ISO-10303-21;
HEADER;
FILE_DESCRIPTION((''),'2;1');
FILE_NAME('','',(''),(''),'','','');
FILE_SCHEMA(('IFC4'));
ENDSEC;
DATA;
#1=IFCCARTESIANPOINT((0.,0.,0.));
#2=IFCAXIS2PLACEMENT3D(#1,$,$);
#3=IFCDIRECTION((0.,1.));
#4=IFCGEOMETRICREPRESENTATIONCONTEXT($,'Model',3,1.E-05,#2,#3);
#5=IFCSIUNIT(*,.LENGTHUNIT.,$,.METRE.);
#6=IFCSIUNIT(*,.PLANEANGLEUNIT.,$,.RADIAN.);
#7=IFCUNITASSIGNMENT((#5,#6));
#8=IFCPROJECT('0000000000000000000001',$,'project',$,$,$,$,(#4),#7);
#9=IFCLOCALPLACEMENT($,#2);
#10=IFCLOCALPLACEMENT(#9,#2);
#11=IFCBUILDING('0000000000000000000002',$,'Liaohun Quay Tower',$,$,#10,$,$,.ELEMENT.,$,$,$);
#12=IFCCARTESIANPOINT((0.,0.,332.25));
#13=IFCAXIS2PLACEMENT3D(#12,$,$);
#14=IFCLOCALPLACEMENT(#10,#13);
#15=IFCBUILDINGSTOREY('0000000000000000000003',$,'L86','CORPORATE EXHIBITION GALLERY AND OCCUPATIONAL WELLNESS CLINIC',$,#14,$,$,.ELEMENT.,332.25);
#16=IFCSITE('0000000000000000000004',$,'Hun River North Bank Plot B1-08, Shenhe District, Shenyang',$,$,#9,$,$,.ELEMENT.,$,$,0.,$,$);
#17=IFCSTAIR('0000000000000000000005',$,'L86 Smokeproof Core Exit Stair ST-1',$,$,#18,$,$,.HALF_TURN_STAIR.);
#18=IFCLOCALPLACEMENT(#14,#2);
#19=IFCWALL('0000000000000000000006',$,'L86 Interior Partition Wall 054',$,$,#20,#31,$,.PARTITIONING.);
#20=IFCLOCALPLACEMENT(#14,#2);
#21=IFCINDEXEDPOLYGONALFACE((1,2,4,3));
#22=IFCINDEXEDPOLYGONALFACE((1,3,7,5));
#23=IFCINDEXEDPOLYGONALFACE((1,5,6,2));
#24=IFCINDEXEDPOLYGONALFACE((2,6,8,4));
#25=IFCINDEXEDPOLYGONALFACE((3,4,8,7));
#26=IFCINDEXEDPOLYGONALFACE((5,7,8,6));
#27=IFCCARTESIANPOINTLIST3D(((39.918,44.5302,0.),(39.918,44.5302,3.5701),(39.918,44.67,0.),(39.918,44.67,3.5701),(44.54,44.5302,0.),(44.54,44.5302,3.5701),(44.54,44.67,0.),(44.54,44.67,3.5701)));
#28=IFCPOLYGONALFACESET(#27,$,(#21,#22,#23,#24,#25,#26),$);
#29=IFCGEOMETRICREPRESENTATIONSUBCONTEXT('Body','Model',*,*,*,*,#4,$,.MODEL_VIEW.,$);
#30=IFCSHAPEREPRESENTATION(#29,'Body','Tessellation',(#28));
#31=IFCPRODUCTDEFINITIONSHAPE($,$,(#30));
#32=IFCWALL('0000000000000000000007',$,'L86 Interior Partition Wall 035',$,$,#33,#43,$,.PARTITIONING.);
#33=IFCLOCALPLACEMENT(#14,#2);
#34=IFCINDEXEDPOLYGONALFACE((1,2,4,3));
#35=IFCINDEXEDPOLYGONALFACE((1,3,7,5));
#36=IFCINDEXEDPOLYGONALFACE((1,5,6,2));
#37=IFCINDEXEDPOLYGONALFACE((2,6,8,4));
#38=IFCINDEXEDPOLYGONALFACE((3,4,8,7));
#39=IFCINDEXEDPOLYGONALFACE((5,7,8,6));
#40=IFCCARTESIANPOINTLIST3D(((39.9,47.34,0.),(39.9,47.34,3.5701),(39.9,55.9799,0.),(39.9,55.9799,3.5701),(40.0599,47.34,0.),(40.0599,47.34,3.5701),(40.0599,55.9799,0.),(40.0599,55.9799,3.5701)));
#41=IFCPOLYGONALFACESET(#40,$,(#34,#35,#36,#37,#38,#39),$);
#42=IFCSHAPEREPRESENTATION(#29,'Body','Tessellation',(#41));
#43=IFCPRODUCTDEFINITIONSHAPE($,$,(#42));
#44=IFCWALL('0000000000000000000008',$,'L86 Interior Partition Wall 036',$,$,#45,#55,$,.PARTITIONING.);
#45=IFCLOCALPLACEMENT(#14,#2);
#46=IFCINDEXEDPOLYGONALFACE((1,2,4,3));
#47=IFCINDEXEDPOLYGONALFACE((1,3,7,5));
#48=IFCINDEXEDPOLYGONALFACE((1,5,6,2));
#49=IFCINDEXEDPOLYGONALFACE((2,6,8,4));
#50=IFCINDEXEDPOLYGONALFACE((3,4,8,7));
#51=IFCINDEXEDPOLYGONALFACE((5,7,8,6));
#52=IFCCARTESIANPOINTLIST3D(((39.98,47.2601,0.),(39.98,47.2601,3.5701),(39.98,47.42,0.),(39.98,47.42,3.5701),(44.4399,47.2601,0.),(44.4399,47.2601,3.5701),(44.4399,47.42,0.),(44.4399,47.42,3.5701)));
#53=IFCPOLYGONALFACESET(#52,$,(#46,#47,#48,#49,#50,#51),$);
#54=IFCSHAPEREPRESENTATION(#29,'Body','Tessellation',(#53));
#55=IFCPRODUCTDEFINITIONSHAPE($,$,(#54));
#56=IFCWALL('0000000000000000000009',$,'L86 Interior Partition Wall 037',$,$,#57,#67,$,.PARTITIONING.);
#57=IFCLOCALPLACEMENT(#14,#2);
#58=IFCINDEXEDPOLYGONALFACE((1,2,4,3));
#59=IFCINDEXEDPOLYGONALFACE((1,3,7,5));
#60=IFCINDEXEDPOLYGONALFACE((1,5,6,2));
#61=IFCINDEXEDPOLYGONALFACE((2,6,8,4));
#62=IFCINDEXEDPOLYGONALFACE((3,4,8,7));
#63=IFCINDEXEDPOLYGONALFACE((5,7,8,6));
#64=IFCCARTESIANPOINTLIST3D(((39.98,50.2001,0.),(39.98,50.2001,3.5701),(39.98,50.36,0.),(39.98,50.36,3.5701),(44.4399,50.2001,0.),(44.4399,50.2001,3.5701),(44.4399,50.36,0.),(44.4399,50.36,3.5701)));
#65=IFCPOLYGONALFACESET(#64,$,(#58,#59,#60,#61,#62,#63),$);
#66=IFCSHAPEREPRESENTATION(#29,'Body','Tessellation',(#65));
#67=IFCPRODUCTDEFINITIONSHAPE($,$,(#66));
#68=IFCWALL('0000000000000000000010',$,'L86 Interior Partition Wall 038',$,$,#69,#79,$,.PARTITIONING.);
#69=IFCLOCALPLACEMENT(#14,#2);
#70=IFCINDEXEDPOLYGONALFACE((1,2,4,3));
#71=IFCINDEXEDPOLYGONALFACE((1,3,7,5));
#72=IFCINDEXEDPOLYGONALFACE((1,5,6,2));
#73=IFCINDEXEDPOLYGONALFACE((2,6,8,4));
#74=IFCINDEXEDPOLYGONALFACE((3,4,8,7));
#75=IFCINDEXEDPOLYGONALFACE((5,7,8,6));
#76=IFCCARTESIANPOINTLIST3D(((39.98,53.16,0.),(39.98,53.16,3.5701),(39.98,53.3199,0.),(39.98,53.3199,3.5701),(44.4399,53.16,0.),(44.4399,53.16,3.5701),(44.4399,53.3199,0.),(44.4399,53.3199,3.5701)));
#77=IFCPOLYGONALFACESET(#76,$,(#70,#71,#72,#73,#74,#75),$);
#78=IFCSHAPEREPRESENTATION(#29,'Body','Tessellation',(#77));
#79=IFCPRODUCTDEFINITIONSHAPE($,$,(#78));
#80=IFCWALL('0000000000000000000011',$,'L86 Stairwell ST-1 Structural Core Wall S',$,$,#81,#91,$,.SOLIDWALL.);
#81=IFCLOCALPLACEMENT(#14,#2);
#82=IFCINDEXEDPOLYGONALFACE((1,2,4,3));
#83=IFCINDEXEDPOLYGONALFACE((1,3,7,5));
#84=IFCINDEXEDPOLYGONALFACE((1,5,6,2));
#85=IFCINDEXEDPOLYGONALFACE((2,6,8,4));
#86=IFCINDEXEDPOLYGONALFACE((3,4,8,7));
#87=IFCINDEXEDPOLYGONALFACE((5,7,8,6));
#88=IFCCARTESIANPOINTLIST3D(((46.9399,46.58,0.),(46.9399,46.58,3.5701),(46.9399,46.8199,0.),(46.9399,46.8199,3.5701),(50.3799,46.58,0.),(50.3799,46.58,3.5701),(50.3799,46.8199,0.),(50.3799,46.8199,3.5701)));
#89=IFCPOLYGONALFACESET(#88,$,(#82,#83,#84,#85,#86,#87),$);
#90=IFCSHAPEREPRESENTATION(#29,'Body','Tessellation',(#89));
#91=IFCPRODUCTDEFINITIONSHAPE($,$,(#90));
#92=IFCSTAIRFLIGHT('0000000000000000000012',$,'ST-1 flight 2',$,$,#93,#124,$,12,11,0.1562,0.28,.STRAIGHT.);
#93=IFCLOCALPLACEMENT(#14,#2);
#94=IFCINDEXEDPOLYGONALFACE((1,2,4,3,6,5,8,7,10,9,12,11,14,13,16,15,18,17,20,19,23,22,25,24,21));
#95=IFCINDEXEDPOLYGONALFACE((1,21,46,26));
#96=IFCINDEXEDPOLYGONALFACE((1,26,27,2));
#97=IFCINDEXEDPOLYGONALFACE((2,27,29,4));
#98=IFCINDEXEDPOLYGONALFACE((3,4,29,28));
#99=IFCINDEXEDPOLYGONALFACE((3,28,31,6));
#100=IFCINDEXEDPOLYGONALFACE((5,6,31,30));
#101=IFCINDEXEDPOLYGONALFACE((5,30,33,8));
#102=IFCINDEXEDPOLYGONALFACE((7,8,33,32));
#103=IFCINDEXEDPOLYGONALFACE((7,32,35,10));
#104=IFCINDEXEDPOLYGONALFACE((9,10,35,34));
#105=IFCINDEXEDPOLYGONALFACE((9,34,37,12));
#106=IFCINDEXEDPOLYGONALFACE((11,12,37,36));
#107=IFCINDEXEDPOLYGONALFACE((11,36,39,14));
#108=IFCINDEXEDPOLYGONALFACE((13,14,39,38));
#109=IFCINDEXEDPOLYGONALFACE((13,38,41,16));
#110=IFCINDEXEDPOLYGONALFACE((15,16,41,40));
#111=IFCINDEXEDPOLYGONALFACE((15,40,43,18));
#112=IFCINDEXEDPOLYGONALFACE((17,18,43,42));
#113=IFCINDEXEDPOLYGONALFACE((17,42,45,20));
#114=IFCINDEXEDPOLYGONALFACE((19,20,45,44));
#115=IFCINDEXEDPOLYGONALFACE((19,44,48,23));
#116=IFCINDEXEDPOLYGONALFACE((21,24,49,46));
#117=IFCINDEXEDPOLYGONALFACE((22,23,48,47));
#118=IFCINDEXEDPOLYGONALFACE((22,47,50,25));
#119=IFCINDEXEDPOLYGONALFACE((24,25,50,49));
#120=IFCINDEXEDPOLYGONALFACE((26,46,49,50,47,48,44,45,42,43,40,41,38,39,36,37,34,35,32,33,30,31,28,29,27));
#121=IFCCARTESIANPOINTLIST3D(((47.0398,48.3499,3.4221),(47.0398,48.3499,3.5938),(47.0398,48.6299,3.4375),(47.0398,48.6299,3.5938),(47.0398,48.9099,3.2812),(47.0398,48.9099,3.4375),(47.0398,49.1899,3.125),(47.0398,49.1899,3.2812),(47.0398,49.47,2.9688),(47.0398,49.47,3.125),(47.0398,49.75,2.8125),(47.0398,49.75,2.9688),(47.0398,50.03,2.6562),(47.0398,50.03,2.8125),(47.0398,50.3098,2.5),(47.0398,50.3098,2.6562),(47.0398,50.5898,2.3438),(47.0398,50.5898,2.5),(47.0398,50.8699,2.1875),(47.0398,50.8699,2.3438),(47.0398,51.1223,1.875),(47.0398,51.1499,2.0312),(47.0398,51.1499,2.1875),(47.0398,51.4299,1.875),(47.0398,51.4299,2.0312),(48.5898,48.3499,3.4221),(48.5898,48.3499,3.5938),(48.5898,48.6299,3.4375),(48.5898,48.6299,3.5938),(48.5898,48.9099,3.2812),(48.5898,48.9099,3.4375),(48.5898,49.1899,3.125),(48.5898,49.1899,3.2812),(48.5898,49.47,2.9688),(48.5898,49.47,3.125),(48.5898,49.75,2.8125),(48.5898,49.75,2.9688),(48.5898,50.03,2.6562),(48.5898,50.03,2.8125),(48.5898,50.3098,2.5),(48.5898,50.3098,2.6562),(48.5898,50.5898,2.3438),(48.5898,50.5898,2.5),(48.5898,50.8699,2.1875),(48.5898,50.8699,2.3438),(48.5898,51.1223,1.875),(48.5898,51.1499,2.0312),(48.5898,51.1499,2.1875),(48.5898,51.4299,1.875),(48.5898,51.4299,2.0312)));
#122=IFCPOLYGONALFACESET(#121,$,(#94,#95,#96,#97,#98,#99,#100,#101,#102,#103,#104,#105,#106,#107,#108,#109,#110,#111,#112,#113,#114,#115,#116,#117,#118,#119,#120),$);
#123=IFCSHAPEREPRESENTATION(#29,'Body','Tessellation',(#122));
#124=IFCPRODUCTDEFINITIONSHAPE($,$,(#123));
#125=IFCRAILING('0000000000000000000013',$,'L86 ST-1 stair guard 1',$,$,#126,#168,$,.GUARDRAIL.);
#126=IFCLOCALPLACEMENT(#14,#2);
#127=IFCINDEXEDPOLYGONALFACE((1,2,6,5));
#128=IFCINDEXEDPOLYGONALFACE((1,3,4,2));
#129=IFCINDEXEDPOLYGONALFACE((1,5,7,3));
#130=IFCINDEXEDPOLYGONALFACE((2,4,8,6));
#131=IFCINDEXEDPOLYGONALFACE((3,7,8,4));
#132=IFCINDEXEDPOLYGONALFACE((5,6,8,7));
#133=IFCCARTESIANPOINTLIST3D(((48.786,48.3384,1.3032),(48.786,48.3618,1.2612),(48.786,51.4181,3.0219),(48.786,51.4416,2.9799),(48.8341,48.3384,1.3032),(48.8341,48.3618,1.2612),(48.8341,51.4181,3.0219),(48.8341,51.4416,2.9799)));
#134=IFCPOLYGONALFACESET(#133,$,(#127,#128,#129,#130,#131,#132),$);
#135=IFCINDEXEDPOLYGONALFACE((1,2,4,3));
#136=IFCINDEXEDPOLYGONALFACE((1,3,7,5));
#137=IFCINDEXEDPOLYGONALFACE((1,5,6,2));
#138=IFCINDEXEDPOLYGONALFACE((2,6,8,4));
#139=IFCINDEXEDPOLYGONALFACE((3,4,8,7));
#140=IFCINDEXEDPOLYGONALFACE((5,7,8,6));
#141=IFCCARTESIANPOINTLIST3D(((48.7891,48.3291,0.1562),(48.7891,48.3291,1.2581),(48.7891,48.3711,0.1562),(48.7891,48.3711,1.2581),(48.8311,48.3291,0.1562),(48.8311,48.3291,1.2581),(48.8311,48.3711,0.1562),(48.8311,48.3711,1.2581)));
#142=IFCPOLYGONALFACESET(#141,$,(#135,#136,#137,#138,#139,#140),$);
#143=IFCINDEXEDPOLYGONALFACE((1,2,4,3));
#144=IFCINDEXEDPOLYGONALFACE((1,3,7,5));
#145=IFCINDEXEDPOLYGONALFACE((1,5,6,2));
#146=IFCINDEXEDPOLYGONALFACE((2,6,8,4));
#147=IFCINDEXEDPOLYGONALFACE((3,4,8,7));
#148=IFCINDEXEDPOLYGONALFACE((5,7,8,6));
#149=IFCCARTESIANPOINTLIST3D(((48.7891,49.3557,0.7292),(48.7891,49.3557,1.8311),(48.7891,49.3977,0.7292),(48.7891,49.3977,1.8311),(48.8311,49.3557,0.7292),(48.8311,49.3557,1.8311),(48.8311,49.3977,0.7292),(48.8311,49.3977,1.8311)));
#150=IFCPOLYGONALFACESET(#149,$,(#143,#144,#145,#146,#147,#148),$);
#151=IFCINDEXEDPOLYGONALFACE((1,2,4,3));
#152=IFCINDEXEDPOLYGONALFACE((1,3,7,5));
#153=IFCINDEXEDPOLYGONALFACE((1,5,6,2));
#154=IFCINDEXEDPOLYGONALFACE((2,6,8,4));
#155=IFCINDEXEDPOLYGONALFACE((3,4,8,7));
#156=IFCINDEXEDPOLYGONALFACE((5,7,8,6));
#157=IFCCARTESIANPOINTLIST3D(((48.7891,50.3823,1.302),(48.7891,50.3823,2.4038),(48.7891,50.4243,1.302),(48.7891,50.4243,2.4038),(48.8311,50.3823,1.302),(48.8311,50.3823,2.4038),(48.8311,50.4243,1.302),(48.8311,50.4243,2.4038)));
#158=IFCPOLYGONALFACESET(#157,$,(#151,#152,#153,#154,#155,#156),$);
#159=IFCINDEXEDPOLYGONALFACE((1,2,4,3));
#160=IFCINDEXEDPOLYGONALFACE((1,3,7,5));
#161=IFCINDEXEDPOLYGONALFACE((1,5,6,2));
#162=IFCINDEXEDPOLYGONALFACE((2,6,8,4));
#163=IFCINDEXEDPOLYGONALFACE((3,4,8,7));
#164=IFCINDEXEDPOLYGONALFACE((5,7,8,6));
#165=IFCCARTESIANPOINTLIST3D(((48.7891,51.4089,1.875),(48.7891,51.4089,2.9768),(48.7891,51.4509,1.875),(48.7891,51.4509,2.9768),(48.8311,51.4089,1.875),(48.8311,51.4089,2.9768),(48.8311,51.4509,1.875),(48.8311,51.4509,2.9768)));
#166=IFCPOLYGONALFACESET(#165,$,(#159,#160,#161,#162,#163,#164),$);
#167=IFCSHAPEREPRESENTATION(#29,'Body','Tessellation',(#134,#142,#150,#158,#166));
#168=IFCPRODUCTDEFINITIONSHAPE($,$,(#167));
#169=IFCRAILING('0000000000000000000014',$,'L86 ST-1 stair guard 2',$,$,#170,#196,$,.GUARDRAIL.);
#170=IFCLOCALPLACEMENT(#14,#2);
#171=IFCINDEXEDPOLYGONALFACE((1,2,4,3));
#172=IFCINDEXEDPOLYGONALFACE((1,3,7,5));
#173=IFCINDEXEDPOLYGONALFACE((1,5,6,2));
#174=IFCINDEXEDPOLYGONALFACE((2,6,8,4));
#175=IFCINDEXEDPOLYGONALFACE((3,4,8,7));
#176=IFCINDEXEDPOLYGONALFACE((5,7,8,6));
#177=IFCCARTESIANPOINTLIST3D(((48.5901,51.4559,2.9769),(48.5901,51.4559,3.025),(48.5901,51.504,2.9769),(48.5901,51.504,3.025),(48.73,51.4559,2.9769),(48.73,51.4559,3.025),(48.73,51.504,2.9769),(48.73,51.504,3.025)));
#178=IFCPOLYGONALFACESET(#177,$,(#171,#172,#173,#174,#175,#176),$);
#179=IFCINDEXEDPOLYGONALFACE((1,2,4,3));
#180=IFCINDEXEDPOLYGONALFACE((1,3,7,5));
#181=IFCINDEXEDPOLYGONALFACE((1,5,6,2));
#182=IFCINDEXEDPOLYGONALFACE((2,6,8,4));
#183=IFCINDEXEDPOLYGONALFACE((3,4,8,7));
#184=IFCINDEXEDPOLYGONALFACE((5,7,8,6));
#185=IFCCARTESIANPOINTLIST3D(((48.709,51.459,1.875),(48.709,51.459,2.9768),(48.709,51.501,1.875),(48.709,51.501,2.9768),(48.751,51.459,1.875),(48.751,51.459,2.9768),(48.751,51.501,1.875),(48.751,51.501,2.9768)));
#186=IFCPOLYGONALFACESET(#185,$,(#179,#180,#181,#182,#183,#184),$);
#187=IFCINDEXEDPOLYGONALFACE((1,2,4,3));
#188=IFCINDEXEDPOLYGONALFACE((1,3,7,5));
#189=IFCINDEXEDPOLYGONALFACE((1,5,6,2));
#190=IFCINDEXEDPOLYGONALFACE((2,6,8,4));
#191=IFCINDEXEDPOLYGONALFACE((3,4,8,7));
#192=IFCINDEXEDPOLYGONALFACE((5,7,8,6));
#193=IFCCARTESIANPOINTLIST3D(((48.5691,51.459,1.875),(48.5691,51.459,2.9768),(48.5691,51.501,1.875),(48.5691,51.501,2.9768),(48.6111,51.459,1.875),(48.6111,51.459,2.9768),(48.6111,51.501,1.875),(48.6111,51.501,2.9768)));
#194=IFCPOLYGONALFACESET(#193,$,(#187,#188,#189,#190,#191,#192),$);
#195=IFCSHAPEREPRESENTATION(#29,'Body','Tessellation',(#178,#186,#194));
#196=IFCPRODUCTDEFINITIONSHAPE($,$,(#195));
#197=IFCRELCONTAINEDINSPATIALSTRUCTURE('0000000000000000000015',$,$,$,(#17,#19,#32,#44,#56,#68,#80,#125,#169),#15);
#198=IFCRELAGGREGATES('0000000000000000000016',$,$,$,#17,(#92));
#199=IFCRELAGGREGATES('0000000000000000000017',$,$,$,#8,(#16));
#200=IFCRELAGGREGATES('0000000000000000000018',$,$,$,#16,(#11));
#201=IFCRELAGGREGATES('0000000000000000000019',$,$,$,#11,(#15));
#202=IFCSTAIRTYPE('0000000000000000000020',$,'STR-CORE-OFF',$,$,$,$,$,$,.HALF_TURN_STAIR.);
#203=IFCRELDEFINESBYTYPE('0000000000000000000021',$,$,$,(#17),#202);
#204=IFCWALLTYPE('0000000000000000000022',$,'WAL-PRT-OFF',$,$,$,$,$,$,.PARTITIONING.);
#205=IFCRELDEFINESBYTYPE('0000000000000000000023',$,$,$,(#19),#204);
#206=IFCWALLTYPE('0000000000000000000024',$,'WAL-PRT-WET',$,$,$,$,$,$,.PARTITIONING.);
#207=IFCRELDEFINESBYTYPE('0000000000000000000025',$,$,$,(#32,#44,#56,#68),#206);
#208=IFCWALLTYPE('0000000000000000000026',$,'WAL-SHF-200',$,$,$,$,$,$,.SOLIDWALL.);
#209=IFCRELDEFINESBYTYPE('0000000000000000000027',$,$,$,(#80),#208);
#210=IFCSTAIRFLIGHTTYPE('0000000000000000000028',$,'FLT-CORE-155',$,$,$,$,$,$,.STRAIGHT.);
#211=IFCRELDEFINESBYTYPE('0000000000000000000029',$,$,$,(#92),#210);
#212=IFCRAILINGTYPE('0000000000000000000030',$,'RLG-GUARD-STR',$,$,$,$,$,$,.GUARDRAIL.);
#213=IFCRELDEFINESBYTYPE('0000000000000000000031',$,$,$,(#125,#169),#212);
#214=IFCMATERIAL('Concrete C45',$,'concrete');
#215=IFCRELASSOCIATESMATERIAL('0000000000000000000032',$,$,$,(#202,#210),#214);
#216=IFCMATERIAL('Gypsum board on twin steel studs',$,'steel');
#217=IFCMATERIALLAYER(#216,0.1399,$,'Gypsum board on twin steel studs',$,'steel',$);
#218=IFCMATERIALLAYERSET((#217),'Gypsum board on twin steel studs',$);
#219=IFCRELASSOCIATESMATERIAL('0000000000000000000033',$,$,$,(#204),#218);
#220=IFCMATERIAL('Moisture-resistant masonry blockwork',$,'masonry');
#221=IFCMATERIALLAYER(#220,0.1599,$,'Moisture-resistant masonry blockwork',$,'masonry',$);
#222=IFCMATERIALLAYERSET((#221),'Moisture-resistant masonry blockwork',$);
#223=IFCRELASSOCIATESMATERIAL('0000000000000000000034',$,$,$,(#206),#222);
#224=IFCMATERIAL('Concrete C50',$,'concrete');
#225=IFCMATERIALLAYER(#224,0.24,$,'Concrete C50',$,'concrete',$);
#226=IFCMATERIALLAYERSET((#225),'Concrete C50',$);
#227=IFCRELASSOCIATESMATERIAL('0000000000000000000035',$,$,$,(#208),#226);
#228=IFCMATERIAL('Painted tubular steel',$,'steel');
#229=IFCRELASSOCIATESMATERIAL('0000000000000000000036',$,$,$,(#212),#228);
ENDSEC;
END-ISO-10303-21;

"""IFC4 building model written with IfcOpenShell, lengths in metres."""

from ifc_helpers import new_model, si_unit, direction, frame, frame_2d, origin, origin_2d, place, context, subcontext, project, spatial, polyline, rectangle, outline, extrude, material, layer, layer_set, type_object, element, aggregate, save


model = new_model("IFC4")

# Units and contexts
model_context = context("Model", 3, precision=1e-05, world=origin(), true_north=direction((0.0, 1.0)))
body_context = subcontext(model_context, "Body", "Model", "MODEL_VIEW")
ifc_project = project(units=[si_unit("LENGTHUNIT", "METRE"), si_unit("PLANEANGLEUNIT", "RADIAN")], contexts=[model_context])

# Site, building, storey
site_placement = place(None, origin())
site = spatial("IfcSite", under=ifc_project, at=site_placement, Name="Hun River North Bank Plot B1-08, Shenhe District, Shenyang", CompositionType="ELEMENT", RefElevation=0.0)
building_placement = place(site_placement, origin())
building = spatial("IfcBuilding", under=site, at=building_placement, Name="Liaohun Quay Tower", CompositionType="ELEMENT")
storey_placement = place(building_placement, frame((0.0, 0.0, 332.25)))
storey = spatial("IfcBuildingStorey", under=building, at=storey_placement, Name="L86", Description="CORPORATE EXHIBITION GALLERY AND OCCUPATIONAL WELLNESS CLINIC", CompositionType="ELEMENT", Elevation=332.25)

# Shared definitions
ifc_material_1 = material(Name="Concrete C50", Category="concrete")

# Stair
ifc_material_2 = material(Name="Concrete C45", Category="concrete")
stair_type = type_object("IfcStairType", Name="STR-CORE-OFF", PredefinedType="HALF_TURN_STAIR", material=ifc_material_2)
stair_1_placement = place(storey_placement, origin())
stair_1 = element("IfcStair", 1, at=stair_1_placement, inside=storey, type_object=stair_type, Name="L86 Smokeproof Core Exit Stair ST-1", PredefinedType="HALF_TURN_STAIR")

# Wall
ifc_material_3 = material(Name="Gypsum board on twin steel studs", Category="steel")
ifc_layer_1 = layer(ifc_material_3, 0.1399, Name="Gypsum board on twin steel studs", Category="steel")
ifc_layer_set_1 = layer_set([ifc_layer_1], Name="Gypsum board on twin steel studs")
wall_type_1 = type_object("IfcWallType", Name="WAL-PRT-OFF", PredefinedType="PARTITIONING", material=ifc_layer_set_1)
wall_1_placement = place(storey_placement, frame((44.54, 44.6001, 0.0), z_axis=(0.0, 0.0, 1.0), x_axis=(-1.0, 0.0, 0.0)))
element("IfcWall", 2, at=wall_1_placement, inside=storey, type_object=wall_type_1, Name="L86 Interior Partition Wall 054", PredefinedType="PARTITIONING", context=body_context, shape_type="SweptSolid", body=[
    extrude(rectangle(XDim=4.6221, YDim=0.1399, at=frame_2d((2.311, 0.0))), origin(), (0.0, 0.0, 1.0), 3.5701),
])

# Shared definitions
ifc_material_4 = material(Name="Moisture-resistant masonry blockwork", Category="masonry")
ifc_layer_2 = layer(ifc_material_4, 0.1599, Name="Moisture-resistant masonry blockwork", Category="masonry")
ifc_layer_set_2 = layer_set([ifc_layer_2], Name="Moisture-resistant masonry blockwork")
wall_type_2 = type_object("IfcWallType", Name="WAL-PRT-WET", PredefinedType="PARTITIONING", material=ifc_layer_set_2)

# Walls
wall_2_placement = place(storey_placement, frame((39.98, 47.3401, 0.0), z_axis=(0.0, 0.0, 1.0), x_axis=(0.0, 1.0, 0.0)))
element("IfcWall", 3, at=wall_2_placement, inside=storey, type_object=wall_type_2, Name="L86 Interior Partition Wall 035", PredefinedType="PARTITIONING", context=body_context, shape_type="SweptSolid", body=[
    extrude(rectangle(XDim=8.6399, YDim=0.1599, at=frame_2d((4.3198, 0.0))), origin(), (0.0, 0.0, 1.0), 3.5701),
])
for number, where, z_axis, x_axis, name in (
    (4, (39.98, 47.3401, 0.0), (0.0, 0.0, 1.0), (1.0, 0.0, 0.0), "L86 Interior Partition Wall 036"),
    (5, (39.98, 50.28, 0.0), (0.0, 0.0, 1.0), (1.0, 0.0, 0.0), "L86 Interior Partition Wall 037"),
    (6, (39.98, 53.24, 0.0), (0.0, 0.0, 1.0), (1.0, 0.0, 0.0), "L86 Interior Partition Wall 038"),
):
    element("IfcWall", number, at=place(storey_placement, frame(where, z_axis=z_axis, x_axis=x_axis)), inside=storey, type_object=wall_type_2, Name=name, PredefinedType="PARTITIONING", context=body_context, shape_type="SweptSolid", body=[
        extrude(rectangle(XDim=4.46, YDim=0.1599, at=frame_2d((2.23, 0.0))), origin(), (0.0, 0.0, 1.0), 3.5701),
    ])
ifc_layer_3 = layer(ifc_material_1, 0.24, Name="Concrete C50", Category="concrete")
ifc_layer_set_3 = layer_set([ifc_layer_3], Name="Concrete C50")
wall_type_3 = type_object("IfcWallType", Name="WAL-SHF-200", PredefinedType="SOLIDWALL", material=ifc_layer_set_3)
wall_3_placement = place(storey_placement, frame((46.9399, 46.7, 0.0), z_axis=(0.0, 0.0, 1.0), x_axis=(1.0, 0.0, 0.0)))
element("IfcWall", 7, at=wall_3_placement, inside=storey, type_object=wall_type_3, Name="L86 Stairwell ST-1 Structural Core Wall S", PredefinedType="SOLIDWALL", context=body_context, shape_type="SweptSolid", body=[
    extrude(rectangle(XDim=3.4399, YDim=0.24, at=frame_2d((1.72, 0.0))), origin(), (0.0, 0.0, 1.0), 3.5701),
])

# Stair flight
stair_flight_type = type_object("IfcStairFlightType", Name="FLT-CORE-155", PredefinedType="STRAIGHT", material=ifc_material_2)
stair_flight_placement = place(storey_placement, frame((47.8149, 51.4299, 1.875), z_axis=(0.0, 0.0, 1.0), x_axis=(0.0, -1.0, 0.0)))
stair_flight = element("IfcStairFlight", 8, at=stair_flight_placement, type_object=stair_flight_type, Name="ST-1 flight 2", NumberOfRisers=12, NumberOfTreads=11, PredefinedType="STRAIGHT", RiserHeight=0.1562, TreadLength=0.28, context=body_context, shape_type="SweptSolid", body=[
    extrude(outline(polyline([(0.0, 0.0), (0.0, 0.1562), (0.28, 0.1562), (0.28, 0.3125), (0.5601, 0.3125), (0.5601, 0.4688), (0.8401, 0.4688), (0.8401, 0.625), (1.1201, 0.625), (1.1201, 0.7812), (1.3999, 0.7812), (1.3999, 0.9375), (1.6799, 0.9375), (1.6799, 1.0938), (1.96, 1.0938), (1.96, 1.25), (2.24, 1.25), (2.24, 1.4062), (2.52, 1.4062), (2.52, 1.5625), (2.8, 1.5625), (2.8, 1.7188), (3.0801, 1.7188), (3.0801, 1.875), (3.0801, 1.5471), (0.3076, 0.0), (0.0, 0.0)])), frame((0.0, 0.7749, 0.0), z_axis=(0.0, -1.0, 0.0), x_axis=(1.0, 0.0, 0.0)), (0.0, 0.0, 1.0), 1.55),
])
aggregate(stair_1, [stair_flight])

# Railings
ifc_material_5 = material(Name="Painted tubular steel", Category="steel")
railing_type_1 = type_object("IfcRailingType", Name="RLG-GUARD-STR", PredefinedType="GUARDRAIL", material=ifc_material_5)
railing_1_placement = place(storey_placement, frame((48.8101, 48.3501, 0.1562)))
element("IfcRailing", 9, at=railing_1_placement, inside=storey, type_object=railing_type_1, Name="L86 ST-1 stair guard 1", PredefinedType="GUARDRAIL", context=body_context, shape_type="SweptSolid", body=[
    extrude(rectangle(XDim=0.0481, YDim=0.0481, at=origin_2d()), frame((0.0, 0.0, 1.126), z_axis=(0.0, 0.873225, 0.487317), x_axis=(-1.0, 0.0, 0.0)), (0.0, 0.0, 1.0), 3.5269),
    extrude(rectangle(XDim=0.042, YDim=0.042, at=origin_2d()), origin(), (0.0, 0.0, 1.0), 1.1018),
    extrude(rectangle(XDim=0.042, YDim=0.042, at=origin_2d()), frame((0.0, 1.0266, 0.573)), (0.0, 0.0, 1.0), 1.1018),
    extrude(rectangle(XDim=0.042, YDim=0.042, at=origin_2d()), frame((0.0, 2.0532, 1.1458)), (0.0, 0.0, 1.0), 1.1018),
    extrude(rectangle(XDim=0.042, YDim=0.042, at=origin_2d()), frame((0.0, 3.0798, 1.7188)), (0.0, 0.0, 1.0), 1.1018),
])
railing_2_placement = place(storey_placement, frame((48.73, 51.48, 1.875)))
element("IfcRailing", 10, at=railing_2_placement, inside=storey, type_object=railing_type_1, Name="L86 ST-1 stair guard 2", PredefinedType="GUARDRAIL", context=body_context, shape_type="SweptSolid", body=[
    extrude(rectangle(XDim=0.0481, YDim=0.0481, at=origin_2d()), frame((0.0, 0.0, 1.126), z_axis=(-1.0, 0.0, 0.0), x_axis=(0.0, -1.0, 0.0)), (0.0, 0.0, 1.0), 0.1399),
    extrude(rectangle(XDim=0.042, YDim=0.042, at=origin_2d()), origin(), (0.0, 0.0, 1.0), 1.1018),
    extrude(rectangle(XDim=0.042, YDim=0.042, at=origin_2d()), frame((-0.1399, 0.0, 0.0)), (0.0, 0.0, 1.0), 1.1018),
])

save(model, "model.ifc")
